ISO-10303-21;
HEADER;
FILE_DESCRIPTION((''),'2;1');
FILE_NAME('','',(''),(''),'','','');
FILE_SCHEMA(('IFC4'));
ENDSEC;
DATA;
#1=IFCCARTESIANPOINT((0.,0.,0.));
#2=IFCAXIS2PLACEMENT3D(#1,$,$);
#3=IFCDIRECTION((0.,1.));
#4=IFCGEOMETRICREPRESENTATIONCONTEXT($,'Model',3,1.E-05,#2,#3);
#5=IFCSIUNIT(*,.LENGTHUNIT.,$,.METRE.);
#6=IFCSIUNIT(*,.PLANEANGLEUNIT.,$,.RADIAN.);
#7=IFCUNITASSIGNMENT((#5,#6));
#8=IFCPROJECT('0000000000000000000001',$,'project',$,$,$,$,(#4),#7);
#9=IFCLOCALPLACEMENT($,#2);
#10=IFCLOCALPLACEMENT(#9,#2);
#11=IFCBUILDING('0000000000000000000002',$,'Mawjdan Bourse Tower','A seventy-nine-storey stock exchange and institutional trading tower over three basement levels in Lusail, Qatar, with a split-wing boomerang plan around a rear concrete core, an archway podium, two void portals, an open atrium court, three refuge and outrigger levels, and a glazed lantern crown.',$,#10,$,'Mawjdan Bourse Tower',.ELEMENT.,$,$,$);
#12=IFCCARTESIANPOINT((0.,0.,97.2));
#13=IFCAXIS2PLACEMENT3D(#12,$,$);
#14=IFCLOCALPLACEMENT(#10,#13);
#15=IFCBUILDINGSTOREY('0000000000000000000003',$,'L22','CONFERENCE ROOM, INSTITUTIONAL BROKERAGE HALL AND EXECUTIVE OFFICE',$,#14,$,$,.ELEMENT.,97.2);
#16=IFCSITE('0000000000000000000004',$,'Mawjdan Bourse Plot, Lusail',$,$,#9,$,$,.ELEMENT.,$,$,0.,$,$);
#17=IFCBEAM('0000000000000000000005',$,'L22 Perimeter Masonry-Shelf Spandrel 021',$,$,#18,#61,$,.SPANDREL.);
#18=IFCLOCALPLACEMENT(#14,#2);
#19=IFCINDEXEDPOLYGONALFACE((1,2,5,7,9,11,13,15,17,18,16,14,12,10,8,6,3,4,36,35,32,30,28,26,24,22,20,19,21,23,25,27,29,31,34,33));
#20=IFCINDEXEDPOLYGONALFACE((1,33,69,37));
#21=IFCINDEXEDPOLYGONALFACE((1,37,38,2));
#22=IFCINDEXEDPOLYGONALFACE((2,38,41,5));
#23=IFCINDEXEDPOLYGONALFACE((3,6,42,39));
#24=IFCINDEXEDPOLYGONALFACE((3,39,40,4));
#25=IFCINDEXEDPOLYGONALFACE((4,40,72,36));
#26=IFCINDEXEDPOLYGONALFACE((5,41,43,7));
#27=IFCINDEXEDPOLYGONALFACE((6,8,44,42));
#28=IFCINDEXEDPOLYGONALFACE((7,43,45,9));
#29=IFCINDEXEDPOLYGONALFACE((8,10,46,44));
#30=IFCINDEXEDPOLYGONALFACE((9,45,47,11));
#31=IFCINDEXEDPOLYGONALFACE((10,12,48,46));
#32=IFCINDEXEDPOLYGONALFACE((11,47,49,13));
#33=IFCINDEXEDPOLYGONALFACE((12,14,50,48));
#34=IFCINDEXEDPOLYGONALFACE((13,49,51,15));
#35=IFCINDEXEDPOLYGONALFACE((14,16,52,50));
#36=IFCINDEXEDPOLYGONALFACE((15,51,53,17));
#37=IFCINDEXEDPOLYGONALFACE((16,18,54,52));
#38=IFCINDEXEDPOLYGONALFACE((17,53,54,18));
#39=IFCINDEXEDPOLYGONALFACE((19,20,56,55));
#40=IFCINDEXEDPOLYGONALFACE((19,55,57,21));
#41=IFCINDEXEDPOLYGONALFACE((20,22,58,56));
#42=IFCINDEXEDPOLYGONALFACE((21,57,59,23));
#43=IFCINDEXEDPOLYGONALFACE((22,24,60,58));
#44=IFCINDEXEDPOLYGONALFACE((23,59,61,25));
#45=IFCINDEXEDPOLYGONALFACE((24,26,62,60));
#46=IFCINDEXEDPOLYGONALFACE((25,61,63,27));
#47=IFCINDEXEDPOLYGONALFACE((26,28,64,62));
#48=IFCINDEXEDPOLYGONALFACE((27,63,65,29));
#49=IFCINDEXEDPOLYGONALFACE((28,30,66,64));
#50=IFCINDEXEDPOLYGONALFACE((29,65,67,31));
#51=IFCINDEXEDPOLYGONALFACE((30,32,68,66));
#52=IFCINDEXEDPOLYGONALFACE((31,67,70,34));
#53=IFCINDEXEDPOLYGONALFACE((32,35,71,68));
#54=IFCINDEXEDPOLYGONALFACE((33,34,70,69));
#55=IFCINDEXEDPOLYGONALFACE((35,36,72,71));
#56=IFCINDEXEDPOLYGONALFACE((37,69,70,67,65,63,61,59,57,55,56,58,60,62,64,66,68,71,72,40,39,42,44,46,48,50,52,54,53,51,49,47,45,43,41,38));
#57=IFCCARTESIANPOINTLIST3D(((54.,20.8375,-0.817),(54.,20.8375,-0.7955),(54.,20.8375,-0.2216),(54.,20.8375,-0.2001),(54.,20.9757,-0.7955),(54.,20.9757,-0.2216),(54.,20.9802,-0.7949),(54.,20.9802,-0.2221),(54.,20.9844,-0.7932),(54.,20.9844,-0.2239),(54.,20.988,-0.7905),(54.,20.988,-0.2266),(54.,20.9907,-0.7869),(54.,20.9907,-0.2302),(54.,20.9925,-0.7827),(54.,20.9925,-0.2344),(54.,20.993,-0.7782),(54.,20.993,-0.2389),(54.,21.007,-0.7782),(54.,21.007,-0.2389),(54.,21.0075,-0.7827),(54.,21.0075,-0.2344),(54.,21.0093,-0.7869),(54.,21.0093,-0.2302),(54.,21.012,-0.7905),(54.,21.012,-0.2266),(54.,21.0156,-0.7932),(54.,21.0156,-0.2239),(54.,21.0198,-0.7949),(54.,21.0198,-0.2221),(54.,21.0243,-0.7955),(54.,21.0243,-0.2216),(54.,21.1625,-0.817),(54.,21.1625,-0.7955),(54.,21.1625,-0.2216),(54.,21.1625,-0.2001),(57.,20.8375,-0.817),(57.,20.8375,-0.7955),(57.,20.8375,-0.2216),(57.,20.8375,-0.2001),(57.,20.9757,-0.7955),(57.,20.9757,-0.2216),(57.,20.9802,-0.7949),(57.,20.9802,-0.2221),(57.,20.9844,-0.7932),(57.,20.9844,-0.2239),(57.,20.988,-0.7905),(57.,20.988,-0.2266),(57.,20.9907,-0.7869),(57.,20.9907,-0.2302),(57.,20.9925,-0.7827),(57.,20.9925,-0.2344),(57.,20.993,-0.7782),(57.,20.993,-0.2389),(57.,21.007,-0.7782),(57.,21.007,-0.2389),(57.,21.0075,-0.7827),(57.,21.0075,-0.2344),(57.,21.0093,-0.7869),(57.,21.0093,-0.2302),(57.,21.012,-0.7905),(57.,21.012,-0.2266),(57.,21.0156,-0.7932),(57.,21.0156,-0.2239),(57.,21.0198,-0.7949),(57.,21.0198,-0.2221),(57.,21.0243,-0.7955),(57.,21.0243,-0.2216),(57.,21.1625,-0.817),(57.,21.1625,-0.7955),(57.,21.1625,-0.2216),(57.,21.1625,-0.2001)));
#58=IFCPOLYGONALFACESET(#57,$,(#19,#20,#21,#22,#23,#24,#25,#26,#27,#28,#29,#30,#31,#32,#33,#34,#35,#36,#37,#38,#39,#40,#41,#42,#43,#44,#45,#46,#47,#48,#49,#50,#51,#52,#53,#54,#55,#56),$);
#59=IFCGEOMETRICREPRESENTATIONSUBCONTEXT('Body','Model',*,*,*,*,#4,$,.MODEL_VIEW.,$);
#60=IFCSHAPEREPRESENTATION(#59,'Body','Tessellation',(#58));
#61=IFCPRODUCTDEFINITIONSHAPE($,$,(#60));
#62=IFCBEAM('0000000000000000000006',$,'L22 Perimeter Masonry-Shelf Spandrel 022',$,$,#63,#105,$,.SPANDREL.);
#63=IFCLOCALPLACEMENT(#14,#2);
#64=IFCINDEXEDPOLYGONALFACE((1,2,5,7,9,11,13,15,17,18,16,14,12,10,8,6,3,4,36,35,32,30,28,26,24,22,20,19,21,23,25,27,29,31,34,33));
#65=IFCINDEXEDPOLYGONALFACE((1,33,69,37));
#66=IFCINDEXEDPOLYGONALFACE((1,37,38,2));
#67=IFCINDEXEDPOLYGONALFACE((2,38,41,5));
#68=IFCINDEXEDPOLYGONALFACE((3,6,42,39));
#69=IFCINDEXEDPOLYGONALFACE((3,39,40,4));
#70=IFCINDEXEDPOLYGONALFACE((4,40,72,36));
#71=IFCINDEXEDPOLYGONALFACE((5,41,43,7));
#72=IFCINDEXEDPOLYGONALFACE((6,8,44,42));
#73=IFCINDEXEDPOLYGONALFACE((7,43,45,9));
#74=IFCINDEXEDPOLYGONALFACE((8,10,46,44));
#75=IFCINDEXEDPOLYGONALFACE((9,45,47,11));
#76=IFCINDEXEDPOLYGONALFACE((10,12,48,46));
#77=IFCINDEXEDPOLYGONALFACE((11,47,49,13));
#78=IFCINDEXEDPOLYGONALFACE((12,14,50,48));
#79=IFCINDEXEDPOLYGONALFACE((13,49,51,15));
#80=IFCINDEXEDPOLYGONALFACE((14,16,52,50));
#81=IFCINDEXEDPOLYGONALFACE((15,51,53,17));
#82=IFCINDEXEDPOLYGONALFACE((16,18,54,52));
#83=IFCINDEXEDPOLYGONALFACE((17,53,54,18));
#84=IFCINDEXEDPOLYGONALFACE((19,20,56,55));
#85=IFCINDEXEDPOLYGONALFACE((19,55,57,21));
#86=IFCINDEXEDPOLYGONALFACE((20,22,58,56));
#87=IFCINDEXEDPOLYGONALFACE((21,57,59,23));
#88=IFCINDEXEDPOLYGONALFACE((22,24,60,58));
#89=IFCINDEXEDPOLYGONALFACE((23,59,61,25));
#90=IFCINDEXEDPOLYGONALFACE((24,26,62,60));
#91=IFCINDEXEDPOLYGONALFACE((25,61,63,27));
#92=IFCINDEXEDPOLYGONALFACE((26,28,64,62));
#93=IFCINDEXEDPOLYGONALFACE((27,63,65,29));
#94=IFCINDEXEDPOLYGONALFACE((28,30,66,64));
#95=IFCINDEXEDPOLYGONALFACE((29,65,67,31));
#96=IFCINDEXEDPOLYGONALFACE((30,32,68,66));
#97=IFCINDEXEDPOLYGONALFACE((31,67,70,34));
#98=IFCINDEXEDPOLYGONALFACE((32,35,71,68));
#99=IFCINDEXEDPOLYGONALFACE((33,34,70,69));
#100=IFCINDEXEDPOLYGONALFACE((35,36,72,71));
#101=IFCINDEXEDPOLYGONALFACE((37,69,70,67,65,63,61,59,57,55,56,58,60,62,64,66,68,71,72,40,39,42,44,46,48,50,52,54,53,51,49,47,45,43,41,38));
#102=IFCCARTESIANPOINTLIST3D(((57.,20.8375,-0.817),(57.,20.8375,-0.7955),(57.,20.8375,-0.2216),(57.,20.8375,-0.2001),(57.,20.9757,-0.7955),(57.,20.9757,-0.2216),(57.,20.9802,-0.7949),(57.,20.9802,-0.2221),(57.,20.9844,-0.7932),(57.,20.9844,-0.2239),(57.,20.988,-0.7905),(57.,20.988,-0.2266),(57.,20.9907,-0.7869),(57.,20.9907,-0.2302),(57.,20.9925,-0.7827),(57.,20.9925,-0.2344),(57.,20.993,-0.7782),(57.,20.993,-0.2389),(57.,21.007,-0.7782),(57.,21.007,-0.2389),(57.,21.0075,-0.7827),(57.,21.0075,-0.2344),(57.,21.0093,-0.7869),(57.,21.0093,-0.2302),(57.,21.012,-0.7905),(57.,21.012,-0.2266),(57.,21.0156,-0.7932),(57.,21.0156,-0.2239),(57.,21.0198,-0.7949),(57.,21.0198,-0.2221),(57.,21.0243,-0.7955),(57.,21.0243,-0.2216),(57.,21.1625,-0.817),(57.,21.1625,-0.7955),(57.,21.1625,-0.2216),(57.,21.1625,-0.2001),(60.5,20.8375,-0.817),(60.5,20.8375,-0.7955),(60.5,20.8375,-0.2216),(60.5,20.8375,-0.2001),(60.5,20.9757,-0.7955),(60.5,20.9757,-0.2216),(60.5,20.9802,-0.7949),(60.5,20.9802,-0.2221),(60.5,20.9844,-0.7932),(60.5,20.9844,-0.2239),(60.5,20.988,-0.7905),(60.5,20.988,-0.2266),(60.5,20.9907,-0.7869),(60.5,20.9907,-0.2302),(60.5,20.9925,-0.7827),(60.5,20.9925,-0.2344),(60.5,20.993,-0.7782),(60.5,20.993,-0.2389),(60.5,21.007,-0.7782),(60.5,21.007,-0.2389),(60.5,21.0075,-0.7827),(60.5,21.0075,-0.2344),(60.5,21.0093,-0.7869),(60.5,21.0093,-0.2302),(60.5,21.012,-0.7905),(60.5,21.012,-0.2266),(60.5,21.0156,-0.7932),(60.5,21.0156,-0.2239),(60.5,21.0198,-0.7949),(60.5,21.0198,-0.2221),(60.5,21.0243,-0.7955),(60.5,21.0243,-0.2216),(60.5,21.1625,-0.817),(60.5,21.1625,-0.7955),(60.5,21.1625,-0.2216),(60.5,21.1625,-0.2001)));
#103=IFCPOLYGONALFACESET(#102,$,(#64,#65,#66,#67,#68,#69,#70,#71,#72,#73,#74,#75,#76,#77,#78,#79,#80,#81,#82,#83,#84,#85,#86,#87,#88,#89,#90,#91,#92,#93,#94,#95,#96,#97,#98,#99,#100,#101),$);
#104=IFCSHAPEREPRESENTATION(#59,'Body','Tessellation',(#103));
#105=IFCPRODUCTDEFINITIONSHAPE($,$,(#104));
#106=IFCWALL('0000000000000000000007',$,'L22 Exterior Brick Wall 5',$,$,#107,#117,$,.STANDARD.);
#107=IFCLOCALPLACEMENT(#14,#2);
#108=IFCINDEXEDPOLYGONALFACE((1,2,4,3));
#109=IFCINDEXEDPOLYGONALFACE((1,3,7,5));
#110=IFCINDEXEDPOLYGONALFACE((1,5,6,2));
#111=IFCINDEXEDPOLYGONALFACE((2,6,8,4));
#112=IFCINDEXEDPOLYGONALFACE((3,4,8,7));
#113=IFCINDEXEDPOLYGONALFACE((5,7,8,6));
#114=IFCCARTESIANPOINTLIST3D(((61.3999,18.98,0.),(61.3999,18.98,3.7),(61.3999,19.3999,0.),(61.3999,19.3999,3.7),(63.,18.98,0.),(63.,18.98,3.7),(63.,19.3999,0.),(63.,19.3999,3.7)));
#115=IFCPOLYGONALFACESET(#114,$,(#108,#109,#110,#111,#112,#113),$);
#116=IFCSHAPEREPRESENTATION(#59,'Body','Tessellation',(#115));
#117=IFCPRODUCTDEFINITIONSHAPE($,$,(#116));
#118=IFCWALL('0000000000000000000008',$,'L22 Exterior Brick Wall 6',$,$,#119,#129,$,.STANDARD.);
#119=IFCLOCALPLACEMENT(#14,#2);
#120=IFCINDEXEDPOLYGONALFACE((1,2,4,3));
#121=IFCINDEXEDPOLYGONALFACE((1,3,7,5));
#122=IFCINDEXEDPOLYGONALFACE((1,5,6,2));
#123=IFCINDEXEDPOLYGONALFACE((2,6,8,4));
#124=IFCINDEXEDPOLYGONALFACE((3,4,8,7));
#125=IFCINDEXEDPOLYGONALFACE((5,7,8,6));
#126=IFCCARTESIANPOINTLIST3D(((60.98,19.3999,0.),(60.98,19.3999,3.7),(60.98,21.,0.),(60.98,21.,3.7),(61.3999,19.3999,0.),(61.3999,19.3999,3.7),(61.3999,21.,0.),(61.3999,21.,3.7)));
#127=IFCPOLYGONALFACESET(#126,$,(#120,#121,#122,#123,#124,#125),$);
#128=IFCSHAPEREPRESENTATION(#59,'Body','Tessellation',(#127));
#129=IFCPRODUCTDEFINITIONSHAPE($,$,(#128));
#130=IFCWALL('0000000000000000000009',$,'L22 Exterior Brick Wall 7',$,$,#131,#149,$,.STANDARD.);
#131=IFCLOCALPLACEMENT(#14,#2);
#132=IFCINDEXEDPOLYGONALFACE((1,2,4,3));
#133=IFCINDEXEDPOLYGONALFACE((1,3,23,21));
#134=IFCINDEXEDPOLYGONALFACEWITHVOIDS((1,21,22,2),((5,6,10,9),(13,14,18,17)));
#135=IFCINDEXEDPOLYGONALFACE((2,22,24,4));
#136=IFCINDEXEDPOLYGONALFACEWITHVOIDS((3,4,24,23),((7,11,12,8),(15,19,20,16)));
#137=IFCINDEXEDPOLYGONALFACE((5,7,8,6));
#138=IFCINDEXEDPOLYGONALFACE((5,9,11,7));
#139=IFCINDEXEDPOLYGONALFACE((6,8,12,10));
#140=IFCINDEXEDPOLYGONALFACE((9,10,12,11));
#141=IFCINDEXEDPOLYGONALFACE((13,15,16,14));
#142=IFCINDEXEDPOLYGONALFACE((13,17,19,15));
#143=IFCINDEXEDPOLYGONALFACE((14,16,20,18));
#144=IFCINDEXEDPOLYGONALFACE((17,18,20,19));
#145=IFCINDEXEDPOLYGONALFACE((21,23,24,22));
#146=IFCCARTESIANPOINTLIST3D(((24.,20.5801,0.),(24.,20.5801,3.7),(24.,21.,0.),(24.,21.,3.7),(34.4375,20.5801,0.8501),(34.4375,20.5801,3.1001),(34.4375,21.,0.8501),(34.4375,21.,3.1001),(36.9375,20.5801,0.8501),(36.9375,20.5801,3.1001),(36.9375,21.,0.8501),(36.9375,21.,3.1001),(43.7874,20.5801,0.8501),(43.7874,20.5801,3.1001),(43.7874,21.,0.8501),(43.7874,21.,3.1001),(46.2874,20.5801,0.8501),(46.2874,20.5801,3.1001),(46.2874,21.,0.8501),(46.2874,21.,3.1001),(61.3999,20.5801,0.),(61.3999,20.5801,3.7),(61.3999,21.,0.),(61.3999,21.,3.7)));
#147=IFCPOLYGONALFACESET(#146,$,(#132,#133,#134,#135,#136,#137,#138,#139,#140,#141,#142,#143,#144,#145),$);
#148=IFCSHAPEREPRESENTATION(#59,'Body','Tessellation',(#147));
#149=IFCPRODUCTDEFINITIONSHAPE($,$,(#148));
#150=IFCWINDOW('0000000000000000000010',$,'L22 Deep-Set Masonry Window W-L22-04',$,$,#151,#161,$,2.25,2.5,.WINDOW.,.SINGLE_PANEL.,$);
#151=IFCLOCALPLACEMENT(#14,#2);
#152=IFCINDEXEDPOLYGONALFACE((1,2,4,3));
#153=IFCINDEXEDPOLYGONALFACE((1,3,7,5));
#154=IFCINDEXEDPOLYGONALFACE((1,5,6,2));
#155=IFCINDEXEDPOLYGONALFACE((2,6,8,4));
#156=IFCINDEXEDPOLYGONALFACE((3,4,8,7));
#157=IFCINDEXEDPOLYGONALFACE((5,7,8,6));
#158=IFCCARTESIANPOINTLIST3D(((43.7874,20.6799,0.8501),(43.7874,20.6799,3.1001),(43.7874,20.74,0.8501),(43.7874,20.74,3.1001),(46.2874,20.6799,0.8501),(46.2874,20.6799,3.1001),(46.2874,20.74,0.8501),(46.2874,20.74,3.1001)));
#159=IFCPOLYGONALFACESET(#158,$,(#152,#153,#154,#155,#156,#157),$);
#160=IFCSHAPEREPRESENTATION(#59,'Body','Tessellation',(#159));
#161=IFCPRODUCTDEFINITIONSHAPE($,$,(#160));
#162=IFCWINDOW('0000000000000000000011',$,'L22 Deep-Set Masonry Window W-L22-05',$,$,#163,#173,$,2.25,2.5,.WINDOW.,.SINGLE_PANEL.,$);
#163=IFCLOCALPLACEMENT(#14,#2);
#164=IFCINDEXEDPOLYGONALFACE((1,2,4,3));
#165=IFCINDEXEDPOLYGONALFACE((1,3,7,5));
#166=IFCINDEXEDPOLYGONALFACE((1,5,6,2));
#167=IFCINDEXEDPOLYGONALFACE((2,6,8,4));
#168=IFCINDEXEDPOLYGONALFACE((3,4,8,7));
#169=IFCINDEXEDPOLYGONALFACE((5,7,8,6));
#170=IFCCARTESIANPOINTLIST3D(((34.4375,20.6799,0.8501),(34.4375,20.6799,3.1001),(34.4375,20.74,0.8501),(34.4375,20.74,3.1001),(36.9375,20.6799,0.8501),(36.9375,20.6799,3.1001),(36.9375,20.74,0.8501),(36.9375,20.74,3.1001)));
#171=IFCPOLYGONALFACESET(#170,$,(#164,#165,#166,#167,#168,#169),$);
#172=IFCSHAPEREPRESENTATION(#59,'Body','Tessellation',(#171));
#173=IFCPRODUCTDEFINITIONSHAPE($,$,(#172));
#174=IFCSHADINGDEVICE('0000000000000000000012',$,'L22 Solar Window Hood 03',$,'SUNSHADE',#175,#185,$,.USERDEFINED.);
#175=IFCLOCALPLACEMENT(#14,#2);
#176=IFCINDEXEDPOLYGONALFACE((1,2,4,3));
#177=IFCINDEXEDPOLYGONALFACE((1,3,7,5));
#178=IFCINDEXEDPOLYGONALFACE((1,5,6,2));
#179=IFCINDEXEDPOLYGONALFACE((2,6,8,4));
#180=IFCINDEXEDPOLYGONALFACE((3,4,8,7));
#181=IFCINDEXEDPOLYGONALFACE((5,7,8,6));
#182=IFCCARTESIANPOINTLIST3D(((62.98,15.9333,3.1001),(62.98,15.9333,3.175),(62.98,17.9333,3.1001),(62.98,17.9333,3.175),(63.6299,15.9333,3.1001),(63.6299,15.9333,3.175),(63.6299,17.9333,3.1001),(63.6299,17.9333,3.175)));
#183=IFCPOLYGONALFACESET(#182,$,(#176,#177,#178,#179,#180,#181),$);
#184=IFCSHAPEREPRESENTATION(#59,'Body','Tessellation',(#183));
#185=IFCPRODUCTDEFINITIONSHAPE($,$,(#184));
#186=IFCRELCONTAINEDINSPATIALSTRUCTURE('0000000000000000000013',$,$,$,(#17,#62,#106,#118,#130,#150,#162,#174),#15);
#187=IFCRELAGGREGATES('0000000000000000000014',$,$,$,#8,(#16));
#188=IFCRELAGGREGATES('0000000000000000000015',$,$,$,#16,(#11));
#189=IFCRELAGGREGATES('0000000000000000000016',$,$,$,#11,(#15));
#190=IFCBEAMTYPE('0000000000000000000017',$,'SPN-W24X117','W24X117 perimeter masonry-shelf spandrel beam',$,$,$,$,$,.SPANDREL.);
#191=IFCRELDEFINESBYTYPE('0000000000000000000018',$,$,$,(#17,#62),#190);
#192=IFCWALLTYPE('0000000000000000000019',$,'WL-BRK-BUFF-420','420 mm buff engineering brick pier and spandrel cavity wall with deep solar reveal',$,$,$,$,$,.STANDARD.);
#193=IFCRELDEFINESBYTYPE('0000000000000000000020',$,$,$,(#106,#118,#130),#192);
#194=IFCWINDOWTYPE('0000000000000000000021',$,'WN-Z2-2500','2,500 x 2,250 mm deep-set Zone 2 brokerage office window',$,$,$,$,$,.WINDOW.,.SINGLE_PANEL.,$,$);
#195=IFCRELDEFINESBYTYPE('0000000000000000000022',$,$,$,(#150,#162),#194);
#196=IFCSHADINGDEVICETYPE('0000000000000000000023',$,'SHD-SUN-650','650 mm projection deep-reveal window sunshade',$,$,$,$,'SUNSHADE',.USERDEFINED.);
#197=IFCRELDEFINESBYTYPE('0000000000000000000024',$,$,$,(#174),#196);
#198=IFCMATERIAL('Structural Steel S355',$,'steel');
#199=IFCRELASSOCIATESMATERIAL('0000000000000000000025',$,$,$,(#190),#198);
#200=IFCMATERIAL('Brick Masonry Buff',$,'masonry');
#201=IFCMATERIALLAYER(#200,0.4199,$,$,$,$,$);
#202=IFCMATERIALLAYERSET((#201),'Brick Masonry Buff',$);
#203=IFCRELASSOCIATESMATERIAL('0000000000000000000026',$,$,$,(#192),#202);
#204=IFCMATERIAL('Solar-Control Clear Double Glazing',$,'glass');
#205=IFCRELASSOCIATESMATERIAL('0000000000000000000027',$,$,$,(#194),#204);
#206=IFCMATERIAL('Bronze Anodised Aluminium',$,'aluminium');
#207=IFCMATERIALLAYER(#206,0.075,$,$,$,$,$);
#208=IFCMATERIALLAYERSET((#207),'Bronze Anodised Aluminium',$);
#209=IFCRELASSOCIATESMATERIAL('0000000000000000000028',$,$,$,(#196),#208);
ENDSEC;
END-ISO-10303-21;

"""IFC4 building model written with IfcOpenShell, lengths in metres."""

from ifc_helpers import new_model, si_unit, direction, frame, frame_2d, origin, origin_2d, place, context, subcontext, project, spatial, rectangle, i_section, extrude, material, layer, layer_set, material_profile, profile_set, type_object, element, fill, save


model = new_model("IFC4")

# Units and contexts
model_context = context("Model", 3, precision=1e-05, world=origin(), true_north=direction((0.0, 1.0)))
body_context = subcontext(model_context, "Body", "Model", "MODEL_VIEW")
ifc_project = project(units=[si_unit("LENGTHUNIT", "METRE"), si_unit("PLANEANGLEUNIT", "RADIAN")], contexts=[model_context])

# Site, building, storey
site_placement = place(None, origin())
site = spatial("IfcSite", under=ifc_project, at=site_placement, Name="Mawjdan Bourse Plot, Lusail", CompositionType="ELEMENT", RefElevation=0.0)
building_placement = place(site_placement, origin())
building = spatial("IfcBuilding", under=site, at=building_placement, Name="Mawjdan Bourse Tower", Description="A seventy-nine-storey stock exchange and institutional trading tower over three basement levels in Lusail, Qatar, with a split-wing boomerang plan around a rear concrete core, an archway podium, two void portals, an open atrium court, three refuge and outrigger levels, and a glazed lantern crown.", LongName="Mawjdan Bourse Tower", CompositionType="ELEMENT")
storey_placement = place(building_placement, frame((0.0, 0.0, 97.2)))
storey = spatial("IfcBuildingStorey", under=building, at=storey_placement, Name="L22", Description="CONFERENCE ROOM, INSTITUTIONAL BROKERAGE HALL AND EXECUTIVE OFFICE", CompositionType="ELEMENT", Elevation=97.2)

# Beams
ifc_material_1 = material(Name="Structural Steel S355", Category="steel")
ifc_material_profile_1 = material_profile(ifc_material_1, i_section(OverallWidth=0.325, OverallDepth=0.6169, WebThickness=0.0139, FlangeThickness=0.0215, FilletRadius=0.0173, at=origin_2d()), Name="W24X117")
ifc_profile_set_1 = profile_set([ifc_material_profile_1], Name="Structural Steel S355")
beam_type_1 = type_object("IfcBeamType", Name="SPN-W24X117", Description="W24X117 perimeter masonry-shelf spandrel beam", PredefinedType="SPANDREL", material=ifc_profile_set_1)
for number, where, z_axis, x_axis, name in (
    (1, (54.0, 21.0, -0.5085), (1.0, 0.0, 0.0), (0.0, 1.0, 0.0), "L22 Perimeter Masonry-Shelf Spandrel 021"),
):
    element("IfcBeam", number, at=place(storey_placement, frame(where, z_axis=z_axis, x_axis=x_axis)), inside=storey, type_object=beam_type_1, Name=name, PredefinedType="SPANDREL", context=body_context, shape_type="SweptSolid", body=[
        extrude(i_section(OverallWidth=0.325, OverallDepth=0.6169, WebThickness=0.0139, FlangeThickness=0.0215, FilletRadius=0.0173, at=origin_2d()), origin(), (0.0, 0.0, 1.0), 3.0),
    ])
beam_1_placement = place(storey_placement, frame((57.0, 21.0, -0.5085), z_axis=(1.0, 0.0, 0.0), x_axis=(0.0, 1.0, 0.0)))
element("IfcBeam", 2, at=beam_1_placement, inside=storey, type_object=beam_type_1, Name="L22 Perimeter Masonry-Shelf Spandrel 022", PredefinedType="SPANDREL", context=body_context, shape_type="SweptSolid", body=[
    extrude(i_section(OverallWidth=0.325, OverallDepth=0.6169, WebThickness=0.0139, FlangeThickness=0.0215, FilletRadius=0.0173, at=origin_2d()), origin(), (0.0, 0.0, 1.0), 3.5),
])

# Walls
ifc_material_2 = material(Name="Brick Masonry Buff", Category="masonry")
ifc_layer_1 = layer(ifc_material_2, 0.4199)
ifc_layer_set_1 = layer_set([ifc_layer_1], Name="Brick Masonry Buff")
wall_type = type_object("IfcWallType", Name="WL-BRK-BUFF-420", Description="420 mm buff engineering brick pier and spandrel cavity wall with deep solar reveal", PredefinedType="STANDARD", material=ifc_layer_set_1)
for number, where, z_axis, x_axis, name in (
    (3, (63.0, 19.1899, 0.0), (0.0, 0.0, 1.0), (-1.0, 0.0, 0.0), "L22 Exterior Brick Wall 5"),
    (4, (61.1899, 19.3999, 0.0), (0.0, 0.0, 1.0), (0.0, 1.0, 0.0), "L22 Exterior Brick Wall 6"),
):
    element("IfcWall", number, at=place(storey_placement, frame(where, z_axis=z_axis, x_axis=x_axis)), inside=storey, type_object=wall_type, Name=name, PredefinedType="STANDARD", context=body_context, shape_type="SweptSolid", body=[
        extrude(rectangle(XDim=1.6001, YDim=0.4199, at=frame_2d((0.8, 0.0))), origin(), (0.0, 0.0, 1.0), 3.7),
    ])

# Wall, openings, windows
wall_placement = place(storey_placement, frame((61.3999, 20.79, 0.0), z_axis=(0.0, 0.0, 1.0), x_axis=(-1.0, 0.0, 0.0)))
wall = element("IfcWall", 5, at=wall_placement, inside=storey, type_object=wall_type, Name="L22 Exterior Brick Wall 7", PredefinedType="STANDARD", context=body_context, shape_type="SweptSolid", body=[
    extrude(rectangle(XDim=37.3999, YDim=0.4199, at=frame_2d((18.7, 0.0))), origin(), (0.0, 0.0, 1.0), 3.7),
])
opening_1_placement = place(wall_placement, frame((15.1125, 0.0, 0.8501)))
opening_1 = element("IfcOpeningElement", 6, at=opening_1_placement, cuts=wall, PredefinedType="OPENING", context=body_context, shape_type="SweptSolid", body=[
    extrude(rectangle(XDim=2.5, YDim=2.25, at=frame_2d((1.25, 1.125))), frame((0.0, 0.22, 0.0), z_axis=(0.0, -1.0, 0.0), x_axis=(1.0, 0.0, 0.0)), (0.0, 0.0, 1.0), 0.4399),
])
opening_2_placement = place(wall_placement, frame((24.4624, 0.0, 0.8501)))
opening_2 = element("IfcOpeningElement", 7, at=opening_2_placement, cuts=wall, PredefinedType="OPENING", context=body_context, shape_type="SweptSolid", body=[
    extrude(rectangle(XDim=2.5, YDim=2.25, at=frame_2d((1.25, 1.125))), frame((0.0, 0.22, 0.0), z_axis=(0.0, -1.0, 0.0), x_axis=(1.0, 0.0, 0.0)), (0.0, 0.0, 1.0), 0.4399),
])
ifc_material_3 = material(Name="Solar-Control Clear Double Glazing", Category="glass")
window_type = type_object("IfcWindowType", Name="WN-Z2-2500", Description="2,500 x 2,250 mm deep-set Zone 2 brokerage office window", PartitioningType="SINGLE_PANEL", PredefinedType="WINDOW", material=ifc_material_3)
window_1_placement = place(opening_1_placement, origin())
window_1 = element("IfcWindow", 8, at=window_1_placement, inside=storey, type_object=window_type, Name="L22 Deep-Set Masonry Window W-L22-04", OverallHeight=2.25, OverallWidth=2.5, PartitioningType="SINGLE_PANEL", PredefinedType="WINDOW", context=body_context, shape_type="SweptSolid", body=[
    extrude(rectangle(XDim=2.5, YDim=2.25, at=frame_2d((1.25, 1.125))), frame((0.0, 0.1101, 0.0), z_axis=(0.0, -1.0, 0.0), x_axis=(1.0, 0.0, 0.0)), (0.0, 0.0, 1.0), 0.0601),
])
fill(opening_1, window_1)
window_2_placement = place(opening_2_placement, origin())
window_2 = element("IfcWindow", 9, at=window_2_placement, inside=storey, type_object=window_type, Name="L22 Deep-Set Masonry Window W-L22-05", OverallHeight=2.25, OverallWidth=2.5, PartitioningType="SINGLE_PANEL", PredefinedType="WINDOW", context=body_context, shape_type="SweptSolid", body=[
    extrude(rectangle(XDim=2.5, YDim=2.25, at=frame_2d((1.25, 1.125))), frame((0.0, 0.1101, 0.0), z_axis=(0.0, -1.0, 0.0), x_axis=(1.0, 0.0, 0.0)), (0.0, 0.0, 1.0), 0.0601),
])
fill(opening_2, window_2)

# Shading device
ifc_material_4 = material(Name="Bronze Anodised Aluminium", Category="aluminium")
ifc_layer_2 = layer(ifc_material_4, 0.075)
ifc_layer_set_2 = layer_set([ifc_layer_2], Name="Bronze Anodised Aluminium")
shading_device_type = type_object("IfcShadingDeviceType", Name="SHD-SUN-650", Description="650 mm projection deep-reveal window sunshade", ElementType="SUNSHADE", PredefinedType="USERDEFINED", material=ifc_layer_set_2)
shading_device_placement = place(storey_placement, frame((63.3049, 16.9333, 3.1001), z_axis=(0.0, 0.0, 1.0), x_axis=(0.0, 1.0, 0.0)))
element("IfcShadingDevice", 10, at=shading_device_placement, inside=storey, type_object=shading_device_type, Name="L22 Solar Window Hood 03", ObjectType="SUNSHADE", PredefinedType="USERDEFINED", context=body_context, shape_type="SweptSolid", body=[
    extrude(rectangle(XDim=2.0, YDim=0.6499, at=origin_2d()), origin(), (0.0, 0.0, 1.0), 0.075),
])

save(model, "model.ifc")
